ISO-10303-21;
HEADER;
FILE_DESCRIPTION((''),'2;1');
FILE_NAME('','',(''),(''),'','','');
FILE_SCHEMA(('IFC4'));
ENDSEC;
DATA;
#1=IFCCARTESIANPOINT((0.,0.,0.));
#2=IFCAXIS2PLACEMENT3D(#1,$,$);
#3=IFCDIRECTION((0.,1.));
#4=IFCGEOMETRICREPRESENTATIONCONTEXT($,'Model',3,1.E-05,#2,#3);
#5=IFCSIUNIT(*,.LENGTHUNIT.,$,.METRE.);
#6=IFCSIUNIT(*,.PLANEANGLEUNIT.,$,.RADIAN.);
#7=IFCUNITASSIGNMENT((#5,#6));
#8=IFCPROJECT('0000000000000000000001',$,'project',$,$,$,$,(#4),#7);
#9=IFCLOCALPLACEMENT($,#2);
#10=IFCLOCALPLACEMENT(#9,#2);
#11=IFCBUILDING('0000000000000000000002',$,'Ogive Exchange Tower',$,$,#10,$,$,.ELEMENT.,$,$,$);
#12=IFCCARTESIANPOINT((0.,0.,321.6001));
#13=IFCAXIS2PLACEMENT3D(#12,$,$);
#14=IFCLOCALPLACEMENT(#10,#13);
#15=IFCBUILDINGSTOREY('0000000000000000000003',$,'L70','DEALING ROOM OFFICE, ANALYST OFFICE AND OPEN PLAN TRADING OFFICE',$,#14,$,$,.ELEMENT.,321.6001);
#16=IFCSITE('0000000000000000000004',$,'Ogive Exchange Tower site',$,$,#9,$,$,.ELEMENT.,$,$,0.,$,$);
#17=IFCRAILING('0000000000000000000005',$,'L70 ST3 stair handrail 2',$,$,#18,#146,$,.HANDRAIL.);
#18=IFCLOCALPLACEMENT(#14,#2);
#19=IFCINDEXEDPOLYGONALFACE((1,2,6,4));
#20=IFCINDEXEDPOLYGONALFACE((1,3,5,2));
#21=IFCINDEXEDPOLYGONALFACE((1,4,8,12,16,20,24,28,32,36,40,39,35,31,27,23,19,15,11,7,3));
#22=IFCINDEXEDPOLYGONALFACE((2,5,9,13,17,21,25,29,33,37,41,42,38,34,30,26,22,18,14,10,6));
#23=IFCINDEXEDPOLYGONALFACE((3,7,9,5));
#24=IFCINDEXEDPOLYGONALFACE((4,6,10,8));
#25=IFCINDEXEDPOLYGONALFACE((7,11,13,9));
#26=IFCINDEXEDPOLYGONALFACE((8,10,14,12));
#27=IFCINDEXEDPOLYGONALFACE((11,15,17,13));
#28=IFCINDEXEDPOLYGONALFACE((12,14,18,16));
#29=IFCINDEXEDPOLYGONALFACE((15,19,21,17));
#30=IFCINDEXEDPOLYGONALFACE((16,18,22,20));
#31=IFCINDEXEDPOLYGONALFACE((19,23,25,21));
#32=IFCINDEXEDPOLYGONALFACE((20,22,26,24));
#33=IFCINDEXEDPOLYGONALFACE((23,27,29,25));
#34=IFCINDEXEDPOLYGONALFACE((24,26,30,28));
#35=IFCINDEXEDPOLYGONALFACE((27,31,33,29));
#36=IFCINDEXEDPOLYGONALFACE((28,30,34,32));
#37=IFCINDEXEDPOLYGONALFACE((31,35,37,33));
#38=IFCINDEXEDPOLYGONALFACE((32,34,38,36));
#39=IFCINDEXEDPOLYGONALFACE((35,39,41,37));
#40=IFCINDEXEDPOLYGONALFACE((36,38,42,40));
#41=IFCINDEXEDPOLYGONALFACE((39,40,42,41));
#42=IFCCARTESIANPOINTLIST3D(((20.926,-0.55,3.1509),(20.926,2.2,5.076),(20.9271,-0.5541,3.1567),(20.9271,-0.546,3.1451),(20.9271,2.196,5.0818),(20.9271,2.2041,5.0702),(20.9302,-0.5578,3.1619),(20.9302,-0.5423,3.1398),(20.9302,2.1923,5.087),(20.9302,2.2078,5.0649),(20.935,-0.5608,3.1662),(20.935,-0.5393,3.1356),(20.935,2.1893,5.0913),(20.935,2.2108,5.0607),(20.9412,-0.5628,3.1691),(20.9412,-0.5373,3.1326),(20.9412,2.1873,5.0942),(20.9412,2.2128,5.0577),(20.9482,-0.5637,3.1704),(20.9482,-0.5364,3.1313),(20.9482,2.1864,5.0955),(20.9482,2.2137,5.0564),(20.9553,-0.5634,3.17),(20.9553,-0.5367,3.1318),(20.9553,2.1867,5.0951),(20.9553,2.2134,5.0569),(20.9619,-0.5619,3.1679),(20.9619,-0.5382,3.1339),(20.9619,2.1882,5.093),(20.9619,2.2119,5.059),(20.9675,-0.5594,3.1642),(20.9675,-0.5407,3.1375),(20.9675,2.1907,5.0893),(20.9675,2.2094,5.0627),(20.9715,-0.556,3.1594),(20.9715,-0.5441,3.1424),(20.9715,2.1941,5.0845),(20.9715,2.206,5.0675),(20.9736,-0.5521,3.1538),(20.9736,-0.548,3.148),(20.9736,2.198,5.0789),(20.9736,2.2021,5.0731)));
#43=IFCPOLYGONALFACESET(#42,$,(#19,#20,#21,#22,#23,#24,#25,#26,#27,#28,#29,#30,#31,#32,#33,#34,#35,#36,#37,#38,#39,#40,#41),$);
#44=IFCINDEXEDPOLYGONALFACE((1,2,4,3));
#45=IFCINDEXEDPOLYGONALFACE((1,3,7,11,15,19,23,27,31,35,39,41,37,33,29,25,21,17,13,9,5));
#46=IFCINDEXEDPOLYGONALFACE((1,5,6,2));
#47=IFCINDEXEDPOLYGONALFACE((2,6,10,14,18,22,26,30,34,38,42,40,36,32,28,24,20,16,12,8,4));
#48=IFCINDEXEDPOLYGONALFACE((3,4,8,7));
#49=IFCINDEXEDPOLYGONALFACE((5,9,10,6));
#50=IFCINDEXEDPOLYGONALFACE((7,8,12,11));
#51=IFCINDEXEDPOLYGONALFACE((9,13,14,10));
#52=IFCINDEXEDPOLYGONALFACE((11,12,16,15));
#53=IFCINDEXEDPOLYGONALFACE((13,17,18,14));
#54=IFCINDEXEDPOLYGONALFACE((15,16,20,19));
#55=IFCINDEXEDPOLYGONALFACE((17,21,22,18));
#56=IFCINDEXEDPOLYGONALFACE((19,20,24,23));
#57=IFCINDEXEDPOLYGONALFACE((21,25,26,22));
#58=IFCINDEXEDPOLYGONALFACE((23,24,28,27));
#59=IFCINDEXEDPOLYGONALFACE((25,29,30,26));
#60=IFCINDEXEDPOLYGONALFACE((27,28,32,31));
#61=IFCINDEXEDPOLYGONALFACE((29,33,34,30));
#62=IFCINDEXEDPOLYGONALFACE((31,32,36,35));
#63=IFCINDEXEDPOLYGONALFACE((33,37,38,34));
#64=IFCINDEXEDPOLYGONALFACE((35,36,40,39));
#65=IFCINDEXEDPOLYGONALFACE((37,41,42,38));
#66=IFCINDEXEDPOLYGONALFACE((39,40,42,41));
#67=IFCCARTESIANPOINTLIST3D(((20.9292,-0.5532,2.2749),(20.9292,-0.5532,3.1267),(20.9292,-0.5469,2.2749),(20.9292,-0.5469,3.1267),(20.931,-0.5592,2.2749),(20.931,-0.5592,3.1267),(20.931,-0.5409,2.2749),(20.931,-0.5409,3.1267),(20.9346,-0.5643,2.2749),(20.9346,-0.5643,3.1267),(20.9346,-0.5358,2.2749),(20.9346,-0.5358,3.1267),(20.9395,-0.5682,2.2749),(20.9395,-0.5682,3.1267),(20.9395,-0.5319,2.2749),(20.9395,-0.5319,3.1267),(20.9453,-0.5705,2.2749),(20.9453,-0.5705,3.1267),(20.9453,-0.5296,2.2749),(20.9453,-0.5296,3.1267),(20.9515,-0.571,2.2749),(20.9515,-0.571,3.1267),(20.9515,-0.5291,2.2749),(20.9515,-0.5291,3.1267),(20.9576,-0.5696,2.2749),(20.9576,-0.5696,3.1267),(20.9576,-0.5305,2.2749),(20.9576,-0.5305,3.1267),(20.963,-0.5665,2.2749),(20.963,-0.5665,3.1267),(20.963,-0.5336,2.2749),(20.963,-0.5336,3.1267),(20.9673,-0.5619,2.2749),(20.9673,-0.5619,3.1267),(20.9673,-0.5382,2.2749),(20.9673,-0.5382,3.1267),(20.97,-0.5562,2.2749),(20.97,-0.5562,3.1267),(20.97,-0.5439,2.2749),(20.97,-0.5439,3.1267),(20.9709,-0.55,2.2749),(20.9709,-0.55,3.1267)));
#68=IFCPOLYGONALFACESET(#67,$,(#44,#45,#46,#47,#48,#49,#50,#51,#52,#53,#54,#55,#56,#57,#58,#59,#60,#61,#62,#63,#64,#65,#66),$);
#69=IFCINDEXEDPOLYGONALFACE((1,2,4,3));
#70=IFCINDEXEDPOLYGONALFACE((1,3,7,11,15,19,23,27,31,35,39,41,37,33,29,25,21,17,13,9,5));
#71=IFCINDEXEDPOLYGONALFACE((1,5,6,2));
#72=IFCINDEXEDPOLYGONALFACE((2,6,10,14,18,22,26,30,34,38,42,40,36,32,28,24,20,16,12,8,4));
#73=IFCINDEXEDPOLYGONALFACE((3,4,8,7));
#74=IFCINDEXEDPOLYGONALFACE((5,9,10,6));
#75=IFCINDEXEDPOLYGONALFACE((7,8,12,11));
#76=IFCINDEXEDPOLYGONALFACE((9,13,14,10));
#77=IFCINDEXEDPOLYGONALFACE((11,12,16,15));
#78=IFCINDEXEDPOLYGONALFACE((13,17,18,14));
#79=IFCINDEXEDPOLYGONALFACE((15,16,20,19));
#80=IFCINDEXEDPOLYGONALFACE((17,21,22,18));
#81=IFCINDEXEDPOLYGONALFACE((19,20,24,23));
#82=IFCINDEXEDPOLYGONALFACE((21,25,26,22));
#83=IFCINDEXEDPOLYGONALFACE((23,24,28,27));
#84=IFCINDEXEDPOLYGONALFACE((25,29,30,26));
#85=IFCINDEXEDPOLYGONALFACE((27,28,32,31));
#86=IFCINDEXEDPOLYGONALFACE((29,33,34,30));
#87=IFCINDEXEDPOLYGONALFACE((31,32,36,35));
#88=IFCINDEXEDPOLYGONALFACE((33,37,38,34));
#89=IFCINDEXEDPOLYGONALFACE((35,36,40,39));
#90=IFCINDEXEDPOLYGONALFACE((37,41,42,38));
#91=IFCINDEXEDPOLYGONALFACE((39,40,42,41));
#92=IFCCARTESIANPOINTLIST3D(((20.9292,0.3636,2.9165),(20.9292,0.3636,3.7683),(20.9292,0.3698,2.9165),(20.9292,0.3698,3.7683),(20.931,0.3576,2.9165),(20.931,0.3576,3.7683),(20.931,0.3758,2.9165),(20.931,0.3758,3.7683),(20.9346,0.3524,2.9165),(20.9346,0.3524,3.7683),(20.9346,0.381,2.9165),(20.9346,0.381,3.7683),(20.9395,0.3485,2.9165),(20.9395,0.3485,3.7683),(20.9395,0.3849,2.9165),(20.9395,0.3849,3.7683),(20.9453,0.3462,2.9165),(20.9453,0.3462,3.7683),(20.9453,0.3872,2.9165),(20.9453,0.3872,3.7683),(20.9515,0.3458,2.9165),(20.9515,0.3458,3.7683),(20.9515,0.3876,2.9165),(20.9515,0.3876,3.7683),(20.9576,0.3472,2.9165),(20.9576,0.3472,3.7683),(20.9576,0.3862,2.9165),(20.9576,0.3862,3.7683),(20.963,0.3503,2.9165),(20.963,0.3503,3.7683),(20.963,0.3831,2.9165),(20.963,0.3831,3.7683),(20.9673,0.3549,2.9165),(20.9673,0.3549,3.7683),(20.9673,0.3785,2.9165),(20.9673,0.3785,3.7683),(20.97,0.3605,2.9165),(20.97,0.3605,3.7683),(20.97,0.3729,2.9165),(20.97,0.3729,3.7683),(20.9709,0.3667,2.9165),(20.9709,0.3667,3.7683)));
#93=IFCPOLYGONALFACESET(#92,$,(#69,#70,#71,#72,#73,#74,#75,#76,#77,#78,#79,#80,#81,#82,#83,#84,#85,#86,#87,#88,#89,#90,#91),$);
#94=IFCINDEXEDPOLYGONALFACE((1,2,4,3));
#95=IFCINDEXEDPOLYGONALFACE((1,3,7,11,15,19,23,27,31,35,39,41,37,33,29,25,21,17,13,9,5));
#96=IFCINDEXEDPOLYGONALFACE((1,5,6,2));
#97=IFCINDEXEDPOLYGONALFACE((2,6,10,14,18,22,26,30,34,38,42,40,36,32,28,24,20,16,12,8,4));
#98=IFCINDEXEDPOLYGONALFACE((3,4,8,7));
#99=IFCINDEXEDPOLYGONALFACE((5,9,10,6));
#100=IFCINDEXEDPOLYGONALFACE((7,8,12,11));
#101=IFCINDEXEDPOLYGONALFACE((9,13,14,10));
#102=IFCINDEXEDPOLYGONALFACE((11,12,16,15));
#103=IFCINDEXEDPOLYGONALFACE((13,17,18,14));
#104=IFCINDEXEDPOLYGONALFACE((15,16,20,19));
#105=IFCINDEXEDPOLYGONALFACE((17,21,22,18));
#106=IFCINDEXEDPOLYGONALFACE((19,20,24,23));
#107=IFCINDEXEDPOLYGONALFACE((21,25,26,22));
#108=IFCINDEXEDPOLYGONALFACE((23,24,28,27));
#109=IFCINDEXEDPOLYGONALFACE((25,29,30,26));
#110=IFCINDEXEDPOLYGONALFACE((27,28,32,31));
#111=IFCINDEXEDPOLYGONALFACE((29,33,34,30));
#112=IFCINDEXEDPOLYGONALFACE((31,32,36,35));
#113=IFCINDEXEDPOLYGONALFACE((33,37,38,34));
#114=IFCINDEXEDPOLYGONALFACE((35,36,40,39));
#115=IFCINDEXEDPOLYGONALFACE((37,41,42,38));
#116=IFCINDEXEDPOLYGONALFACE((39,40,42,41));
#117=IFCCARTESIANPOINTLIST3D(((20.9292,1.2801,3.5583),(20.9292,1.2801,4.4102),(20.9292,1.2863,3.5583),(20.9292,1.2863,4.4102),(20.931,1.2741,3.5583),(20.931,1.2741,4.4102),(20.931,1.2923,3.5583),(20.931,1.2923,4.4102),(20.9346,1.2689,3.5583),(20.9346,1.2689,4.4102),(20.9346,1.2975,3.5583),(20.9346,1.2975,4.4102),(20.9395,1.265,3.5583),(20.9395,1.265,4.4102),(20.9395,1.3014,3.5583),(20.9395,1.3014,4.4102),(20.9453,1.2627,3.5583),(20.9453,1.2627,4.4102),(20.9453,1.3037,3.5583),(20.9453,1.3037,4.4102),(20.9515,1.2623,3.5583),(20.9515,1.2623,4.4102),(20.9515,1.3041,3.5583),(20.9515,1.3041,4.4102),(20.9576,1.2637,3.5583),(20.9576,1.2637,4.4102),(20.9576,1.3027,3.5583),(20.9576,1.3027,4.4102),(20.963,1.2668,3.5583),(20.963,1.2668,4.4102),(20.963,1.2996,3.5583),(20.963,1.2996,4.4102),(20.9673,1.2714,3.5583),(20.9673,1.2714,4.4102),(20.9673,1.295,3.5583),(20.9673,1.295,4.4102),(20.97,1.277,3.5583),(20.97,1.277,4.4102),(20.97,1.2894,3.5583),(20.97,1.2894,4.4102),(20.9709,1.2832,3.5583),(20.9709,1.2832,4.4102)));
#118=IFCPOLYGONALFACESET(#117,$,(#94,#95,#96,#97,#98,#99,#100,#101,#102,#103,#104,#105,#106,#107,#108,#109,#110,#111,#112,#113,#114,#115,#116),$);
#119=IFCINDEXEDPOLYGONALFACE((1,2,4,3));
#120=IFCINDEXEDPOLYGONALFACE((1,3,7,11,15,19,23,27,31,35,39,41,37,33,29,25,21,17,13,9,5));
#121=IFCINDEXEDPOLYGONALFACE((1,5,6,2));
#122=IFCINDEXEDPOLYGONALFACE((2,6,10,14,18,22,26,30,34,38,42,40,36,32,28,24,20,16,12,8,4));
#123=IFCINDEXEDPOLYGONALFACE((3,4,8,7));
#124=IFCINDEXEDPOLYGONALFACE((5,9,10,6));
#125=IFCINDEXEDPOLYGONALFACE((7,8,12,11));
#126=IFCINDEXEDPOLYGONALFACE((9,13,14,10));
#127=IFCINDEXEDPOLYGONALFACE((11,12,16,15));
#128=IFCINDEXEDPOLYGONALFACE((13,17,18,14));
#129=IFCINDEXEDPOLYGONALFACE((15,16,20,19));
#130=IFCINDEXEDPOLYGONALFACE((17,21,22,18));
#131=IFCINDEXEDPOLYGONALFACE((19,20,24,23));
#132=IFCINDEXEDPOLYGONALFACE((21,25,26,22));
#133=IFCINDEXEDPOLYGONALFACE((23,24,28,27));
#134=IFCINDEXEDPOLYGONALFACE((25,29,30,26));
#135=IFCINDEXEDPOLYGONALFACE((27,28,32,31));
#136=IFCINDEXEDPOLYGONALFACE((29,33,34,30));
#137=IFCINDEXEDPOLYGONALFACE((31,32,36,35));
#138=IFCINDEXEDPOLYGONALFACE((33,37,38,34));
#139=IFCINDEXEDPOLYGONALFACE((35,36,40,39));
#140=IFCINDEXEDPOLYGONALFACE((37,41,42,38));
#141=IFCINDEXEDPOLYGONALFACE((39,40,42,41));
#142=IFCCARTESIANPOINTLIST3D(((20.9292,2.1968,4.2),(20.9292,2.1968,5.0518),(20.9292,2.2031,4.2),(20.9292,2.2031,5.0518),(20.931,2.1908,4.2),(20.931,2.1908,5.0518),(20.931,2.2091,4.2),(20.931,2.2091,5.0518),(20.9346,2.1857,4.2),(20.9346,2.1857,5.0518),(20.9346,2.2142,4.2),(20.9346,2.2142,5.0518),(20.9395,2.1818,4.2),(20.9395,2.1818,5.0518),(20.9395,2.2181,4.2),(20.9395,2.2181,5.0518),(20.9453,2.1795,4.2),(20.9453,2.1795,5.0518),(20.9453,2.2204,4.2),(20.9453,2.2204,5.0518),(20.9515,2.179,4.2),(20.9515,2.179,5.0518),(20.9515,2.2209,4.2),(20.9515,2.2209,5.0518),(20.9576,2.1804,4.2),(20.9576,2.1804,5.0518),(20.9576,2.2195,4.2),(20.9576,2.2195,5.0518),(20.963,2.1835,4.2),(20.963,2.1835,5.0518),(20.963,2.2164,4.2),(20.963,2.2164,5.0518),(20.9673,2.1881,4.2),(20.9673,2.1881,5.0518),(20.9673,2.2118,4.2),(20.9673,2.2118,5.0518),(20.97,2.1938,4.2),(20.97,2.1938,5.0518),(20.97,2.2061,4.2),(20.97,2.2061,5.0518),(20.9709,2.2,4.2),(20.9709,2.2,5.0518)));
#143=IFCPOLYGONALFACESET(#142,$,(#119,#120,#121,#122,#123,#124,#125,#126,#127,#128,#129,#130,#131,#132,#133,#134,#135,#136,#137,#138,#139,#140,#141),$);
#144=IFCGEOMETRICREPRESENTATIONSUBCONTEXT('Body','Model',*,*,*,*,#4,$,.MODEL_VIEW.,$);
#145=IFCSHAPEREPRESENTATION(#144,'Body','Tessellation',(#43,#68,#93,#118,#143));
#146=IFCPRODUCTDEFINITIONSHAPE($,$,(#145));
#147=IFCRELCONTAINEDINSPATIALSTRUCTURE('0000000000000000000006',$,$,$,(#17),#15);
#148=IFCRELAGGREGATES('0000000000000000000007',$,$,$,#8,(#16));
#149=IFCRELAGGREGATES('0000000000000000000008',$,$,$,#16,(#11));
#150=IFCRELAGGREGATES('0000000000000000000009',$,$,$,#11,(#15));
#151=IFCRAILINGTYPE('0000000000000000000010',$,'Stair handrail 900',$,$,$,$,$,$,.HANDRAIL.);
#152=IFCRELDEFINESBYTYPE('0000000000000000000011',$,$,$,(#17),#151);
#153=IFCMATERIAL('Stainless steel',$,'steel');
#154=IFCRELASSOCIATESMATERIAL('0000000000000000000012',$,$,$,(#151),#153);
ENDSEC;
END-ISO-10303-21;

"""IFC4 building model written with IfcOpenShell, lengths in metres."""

from ifc_helpers import new_model, si_unit, direction, frame, origin, origin_2d, place, context, subcontext, project, spatial, circle, extrude, material, type_object, element, save


model = new_model("IFC4")

# Units and contexts
model_context = context("Model", 3, precision=1e-05, world=origin(), true_north=direction((0.0, 1.0)))
body_context = subcontext(model_context, "Body", "Model", "MODEL_VIEW")
ifc_project = project(units=[si_unit("LENGTHUNIT", "METRE"), si_unit("PLANEANGLEUNIT", "RADIAN")], contexts=[model_context])

# Site, building, storey
site_placement = place(None, origin())
site = spatial("IfcSite", under=ifc_project, at=site_placement, Name="Ogive Exchange Tower site", CompositionType="ELEMENT", RefElevation=0.0)
building_placement = place(site_placement, origin())
building = spatial("IfcBuilding", under=site, at=building_placement, Name="Ogive Exchange Tower", CompositionType="ELEMENT")
storey_placement = place(building_placement, frame((0.0, 0.0, 321.6001)))
storey = spatial("IfcBuildingStorey", under=building, at=storey_placement, Name="L70", Description="DEALING ROOM OFFICE, ANALYST OFFICE AND OPEN PLAN TRADING OFFICE", CompositionType="ELEMENT", Elevation=321.6001)

# Shared definitions
ifc_material_1 = material(Name="Stainless steel", Category="steel")

# Railing
railing_type = type_object("IfcRailingType", Name="Stair handrail 900", PredefinedType="HANDRAIL", material=ifc_material_1)
railing_1_placement = place(storey_placement, frame((20.95, -0.55, 2.2749)))
element("IfcRailing", 1, at=railing_1_placement, inside=storey, type_object=railing_type, Name="L70 ST3 stair handrail 2", PredefinedType="HANDRAIL", context=body_context, shape_type="SweptSolid", body=[
    extrude(circle(Radius=0.0239, at=origin_2d()), frame((0.0, 0.0, 0.876), z_axis=(0.0, 0.819225, 0.573472), x_axis=(-1.0, 0.0, 0.0)), (0.0, 0.0, 1.0), 3.3569),
    extrude(circle(Radius=0.021, at=origin_2d()), origin(), (0.0, 0.0, 1.0), 0.8518),
    extrude(circle(Radius=0.021, at=origin_2d()), frame((0.0, 0.9167, 0.6416)), (0.0, 0.0, 1.0), 0.8518),
    extrude(circle(Radius=0.021, at=origin_2d()), frame((0.0, 1.8333, 1.2834)), (0.0, 0.0, 1.0), 0.8518),
    extrude(circle(Radius=0.021, at=origin_2d()), frame((0.0, 2.75, 1.925)), (0.0, 0.0, 1.0), 0.8518),
])

save(model, "model.ifc")
